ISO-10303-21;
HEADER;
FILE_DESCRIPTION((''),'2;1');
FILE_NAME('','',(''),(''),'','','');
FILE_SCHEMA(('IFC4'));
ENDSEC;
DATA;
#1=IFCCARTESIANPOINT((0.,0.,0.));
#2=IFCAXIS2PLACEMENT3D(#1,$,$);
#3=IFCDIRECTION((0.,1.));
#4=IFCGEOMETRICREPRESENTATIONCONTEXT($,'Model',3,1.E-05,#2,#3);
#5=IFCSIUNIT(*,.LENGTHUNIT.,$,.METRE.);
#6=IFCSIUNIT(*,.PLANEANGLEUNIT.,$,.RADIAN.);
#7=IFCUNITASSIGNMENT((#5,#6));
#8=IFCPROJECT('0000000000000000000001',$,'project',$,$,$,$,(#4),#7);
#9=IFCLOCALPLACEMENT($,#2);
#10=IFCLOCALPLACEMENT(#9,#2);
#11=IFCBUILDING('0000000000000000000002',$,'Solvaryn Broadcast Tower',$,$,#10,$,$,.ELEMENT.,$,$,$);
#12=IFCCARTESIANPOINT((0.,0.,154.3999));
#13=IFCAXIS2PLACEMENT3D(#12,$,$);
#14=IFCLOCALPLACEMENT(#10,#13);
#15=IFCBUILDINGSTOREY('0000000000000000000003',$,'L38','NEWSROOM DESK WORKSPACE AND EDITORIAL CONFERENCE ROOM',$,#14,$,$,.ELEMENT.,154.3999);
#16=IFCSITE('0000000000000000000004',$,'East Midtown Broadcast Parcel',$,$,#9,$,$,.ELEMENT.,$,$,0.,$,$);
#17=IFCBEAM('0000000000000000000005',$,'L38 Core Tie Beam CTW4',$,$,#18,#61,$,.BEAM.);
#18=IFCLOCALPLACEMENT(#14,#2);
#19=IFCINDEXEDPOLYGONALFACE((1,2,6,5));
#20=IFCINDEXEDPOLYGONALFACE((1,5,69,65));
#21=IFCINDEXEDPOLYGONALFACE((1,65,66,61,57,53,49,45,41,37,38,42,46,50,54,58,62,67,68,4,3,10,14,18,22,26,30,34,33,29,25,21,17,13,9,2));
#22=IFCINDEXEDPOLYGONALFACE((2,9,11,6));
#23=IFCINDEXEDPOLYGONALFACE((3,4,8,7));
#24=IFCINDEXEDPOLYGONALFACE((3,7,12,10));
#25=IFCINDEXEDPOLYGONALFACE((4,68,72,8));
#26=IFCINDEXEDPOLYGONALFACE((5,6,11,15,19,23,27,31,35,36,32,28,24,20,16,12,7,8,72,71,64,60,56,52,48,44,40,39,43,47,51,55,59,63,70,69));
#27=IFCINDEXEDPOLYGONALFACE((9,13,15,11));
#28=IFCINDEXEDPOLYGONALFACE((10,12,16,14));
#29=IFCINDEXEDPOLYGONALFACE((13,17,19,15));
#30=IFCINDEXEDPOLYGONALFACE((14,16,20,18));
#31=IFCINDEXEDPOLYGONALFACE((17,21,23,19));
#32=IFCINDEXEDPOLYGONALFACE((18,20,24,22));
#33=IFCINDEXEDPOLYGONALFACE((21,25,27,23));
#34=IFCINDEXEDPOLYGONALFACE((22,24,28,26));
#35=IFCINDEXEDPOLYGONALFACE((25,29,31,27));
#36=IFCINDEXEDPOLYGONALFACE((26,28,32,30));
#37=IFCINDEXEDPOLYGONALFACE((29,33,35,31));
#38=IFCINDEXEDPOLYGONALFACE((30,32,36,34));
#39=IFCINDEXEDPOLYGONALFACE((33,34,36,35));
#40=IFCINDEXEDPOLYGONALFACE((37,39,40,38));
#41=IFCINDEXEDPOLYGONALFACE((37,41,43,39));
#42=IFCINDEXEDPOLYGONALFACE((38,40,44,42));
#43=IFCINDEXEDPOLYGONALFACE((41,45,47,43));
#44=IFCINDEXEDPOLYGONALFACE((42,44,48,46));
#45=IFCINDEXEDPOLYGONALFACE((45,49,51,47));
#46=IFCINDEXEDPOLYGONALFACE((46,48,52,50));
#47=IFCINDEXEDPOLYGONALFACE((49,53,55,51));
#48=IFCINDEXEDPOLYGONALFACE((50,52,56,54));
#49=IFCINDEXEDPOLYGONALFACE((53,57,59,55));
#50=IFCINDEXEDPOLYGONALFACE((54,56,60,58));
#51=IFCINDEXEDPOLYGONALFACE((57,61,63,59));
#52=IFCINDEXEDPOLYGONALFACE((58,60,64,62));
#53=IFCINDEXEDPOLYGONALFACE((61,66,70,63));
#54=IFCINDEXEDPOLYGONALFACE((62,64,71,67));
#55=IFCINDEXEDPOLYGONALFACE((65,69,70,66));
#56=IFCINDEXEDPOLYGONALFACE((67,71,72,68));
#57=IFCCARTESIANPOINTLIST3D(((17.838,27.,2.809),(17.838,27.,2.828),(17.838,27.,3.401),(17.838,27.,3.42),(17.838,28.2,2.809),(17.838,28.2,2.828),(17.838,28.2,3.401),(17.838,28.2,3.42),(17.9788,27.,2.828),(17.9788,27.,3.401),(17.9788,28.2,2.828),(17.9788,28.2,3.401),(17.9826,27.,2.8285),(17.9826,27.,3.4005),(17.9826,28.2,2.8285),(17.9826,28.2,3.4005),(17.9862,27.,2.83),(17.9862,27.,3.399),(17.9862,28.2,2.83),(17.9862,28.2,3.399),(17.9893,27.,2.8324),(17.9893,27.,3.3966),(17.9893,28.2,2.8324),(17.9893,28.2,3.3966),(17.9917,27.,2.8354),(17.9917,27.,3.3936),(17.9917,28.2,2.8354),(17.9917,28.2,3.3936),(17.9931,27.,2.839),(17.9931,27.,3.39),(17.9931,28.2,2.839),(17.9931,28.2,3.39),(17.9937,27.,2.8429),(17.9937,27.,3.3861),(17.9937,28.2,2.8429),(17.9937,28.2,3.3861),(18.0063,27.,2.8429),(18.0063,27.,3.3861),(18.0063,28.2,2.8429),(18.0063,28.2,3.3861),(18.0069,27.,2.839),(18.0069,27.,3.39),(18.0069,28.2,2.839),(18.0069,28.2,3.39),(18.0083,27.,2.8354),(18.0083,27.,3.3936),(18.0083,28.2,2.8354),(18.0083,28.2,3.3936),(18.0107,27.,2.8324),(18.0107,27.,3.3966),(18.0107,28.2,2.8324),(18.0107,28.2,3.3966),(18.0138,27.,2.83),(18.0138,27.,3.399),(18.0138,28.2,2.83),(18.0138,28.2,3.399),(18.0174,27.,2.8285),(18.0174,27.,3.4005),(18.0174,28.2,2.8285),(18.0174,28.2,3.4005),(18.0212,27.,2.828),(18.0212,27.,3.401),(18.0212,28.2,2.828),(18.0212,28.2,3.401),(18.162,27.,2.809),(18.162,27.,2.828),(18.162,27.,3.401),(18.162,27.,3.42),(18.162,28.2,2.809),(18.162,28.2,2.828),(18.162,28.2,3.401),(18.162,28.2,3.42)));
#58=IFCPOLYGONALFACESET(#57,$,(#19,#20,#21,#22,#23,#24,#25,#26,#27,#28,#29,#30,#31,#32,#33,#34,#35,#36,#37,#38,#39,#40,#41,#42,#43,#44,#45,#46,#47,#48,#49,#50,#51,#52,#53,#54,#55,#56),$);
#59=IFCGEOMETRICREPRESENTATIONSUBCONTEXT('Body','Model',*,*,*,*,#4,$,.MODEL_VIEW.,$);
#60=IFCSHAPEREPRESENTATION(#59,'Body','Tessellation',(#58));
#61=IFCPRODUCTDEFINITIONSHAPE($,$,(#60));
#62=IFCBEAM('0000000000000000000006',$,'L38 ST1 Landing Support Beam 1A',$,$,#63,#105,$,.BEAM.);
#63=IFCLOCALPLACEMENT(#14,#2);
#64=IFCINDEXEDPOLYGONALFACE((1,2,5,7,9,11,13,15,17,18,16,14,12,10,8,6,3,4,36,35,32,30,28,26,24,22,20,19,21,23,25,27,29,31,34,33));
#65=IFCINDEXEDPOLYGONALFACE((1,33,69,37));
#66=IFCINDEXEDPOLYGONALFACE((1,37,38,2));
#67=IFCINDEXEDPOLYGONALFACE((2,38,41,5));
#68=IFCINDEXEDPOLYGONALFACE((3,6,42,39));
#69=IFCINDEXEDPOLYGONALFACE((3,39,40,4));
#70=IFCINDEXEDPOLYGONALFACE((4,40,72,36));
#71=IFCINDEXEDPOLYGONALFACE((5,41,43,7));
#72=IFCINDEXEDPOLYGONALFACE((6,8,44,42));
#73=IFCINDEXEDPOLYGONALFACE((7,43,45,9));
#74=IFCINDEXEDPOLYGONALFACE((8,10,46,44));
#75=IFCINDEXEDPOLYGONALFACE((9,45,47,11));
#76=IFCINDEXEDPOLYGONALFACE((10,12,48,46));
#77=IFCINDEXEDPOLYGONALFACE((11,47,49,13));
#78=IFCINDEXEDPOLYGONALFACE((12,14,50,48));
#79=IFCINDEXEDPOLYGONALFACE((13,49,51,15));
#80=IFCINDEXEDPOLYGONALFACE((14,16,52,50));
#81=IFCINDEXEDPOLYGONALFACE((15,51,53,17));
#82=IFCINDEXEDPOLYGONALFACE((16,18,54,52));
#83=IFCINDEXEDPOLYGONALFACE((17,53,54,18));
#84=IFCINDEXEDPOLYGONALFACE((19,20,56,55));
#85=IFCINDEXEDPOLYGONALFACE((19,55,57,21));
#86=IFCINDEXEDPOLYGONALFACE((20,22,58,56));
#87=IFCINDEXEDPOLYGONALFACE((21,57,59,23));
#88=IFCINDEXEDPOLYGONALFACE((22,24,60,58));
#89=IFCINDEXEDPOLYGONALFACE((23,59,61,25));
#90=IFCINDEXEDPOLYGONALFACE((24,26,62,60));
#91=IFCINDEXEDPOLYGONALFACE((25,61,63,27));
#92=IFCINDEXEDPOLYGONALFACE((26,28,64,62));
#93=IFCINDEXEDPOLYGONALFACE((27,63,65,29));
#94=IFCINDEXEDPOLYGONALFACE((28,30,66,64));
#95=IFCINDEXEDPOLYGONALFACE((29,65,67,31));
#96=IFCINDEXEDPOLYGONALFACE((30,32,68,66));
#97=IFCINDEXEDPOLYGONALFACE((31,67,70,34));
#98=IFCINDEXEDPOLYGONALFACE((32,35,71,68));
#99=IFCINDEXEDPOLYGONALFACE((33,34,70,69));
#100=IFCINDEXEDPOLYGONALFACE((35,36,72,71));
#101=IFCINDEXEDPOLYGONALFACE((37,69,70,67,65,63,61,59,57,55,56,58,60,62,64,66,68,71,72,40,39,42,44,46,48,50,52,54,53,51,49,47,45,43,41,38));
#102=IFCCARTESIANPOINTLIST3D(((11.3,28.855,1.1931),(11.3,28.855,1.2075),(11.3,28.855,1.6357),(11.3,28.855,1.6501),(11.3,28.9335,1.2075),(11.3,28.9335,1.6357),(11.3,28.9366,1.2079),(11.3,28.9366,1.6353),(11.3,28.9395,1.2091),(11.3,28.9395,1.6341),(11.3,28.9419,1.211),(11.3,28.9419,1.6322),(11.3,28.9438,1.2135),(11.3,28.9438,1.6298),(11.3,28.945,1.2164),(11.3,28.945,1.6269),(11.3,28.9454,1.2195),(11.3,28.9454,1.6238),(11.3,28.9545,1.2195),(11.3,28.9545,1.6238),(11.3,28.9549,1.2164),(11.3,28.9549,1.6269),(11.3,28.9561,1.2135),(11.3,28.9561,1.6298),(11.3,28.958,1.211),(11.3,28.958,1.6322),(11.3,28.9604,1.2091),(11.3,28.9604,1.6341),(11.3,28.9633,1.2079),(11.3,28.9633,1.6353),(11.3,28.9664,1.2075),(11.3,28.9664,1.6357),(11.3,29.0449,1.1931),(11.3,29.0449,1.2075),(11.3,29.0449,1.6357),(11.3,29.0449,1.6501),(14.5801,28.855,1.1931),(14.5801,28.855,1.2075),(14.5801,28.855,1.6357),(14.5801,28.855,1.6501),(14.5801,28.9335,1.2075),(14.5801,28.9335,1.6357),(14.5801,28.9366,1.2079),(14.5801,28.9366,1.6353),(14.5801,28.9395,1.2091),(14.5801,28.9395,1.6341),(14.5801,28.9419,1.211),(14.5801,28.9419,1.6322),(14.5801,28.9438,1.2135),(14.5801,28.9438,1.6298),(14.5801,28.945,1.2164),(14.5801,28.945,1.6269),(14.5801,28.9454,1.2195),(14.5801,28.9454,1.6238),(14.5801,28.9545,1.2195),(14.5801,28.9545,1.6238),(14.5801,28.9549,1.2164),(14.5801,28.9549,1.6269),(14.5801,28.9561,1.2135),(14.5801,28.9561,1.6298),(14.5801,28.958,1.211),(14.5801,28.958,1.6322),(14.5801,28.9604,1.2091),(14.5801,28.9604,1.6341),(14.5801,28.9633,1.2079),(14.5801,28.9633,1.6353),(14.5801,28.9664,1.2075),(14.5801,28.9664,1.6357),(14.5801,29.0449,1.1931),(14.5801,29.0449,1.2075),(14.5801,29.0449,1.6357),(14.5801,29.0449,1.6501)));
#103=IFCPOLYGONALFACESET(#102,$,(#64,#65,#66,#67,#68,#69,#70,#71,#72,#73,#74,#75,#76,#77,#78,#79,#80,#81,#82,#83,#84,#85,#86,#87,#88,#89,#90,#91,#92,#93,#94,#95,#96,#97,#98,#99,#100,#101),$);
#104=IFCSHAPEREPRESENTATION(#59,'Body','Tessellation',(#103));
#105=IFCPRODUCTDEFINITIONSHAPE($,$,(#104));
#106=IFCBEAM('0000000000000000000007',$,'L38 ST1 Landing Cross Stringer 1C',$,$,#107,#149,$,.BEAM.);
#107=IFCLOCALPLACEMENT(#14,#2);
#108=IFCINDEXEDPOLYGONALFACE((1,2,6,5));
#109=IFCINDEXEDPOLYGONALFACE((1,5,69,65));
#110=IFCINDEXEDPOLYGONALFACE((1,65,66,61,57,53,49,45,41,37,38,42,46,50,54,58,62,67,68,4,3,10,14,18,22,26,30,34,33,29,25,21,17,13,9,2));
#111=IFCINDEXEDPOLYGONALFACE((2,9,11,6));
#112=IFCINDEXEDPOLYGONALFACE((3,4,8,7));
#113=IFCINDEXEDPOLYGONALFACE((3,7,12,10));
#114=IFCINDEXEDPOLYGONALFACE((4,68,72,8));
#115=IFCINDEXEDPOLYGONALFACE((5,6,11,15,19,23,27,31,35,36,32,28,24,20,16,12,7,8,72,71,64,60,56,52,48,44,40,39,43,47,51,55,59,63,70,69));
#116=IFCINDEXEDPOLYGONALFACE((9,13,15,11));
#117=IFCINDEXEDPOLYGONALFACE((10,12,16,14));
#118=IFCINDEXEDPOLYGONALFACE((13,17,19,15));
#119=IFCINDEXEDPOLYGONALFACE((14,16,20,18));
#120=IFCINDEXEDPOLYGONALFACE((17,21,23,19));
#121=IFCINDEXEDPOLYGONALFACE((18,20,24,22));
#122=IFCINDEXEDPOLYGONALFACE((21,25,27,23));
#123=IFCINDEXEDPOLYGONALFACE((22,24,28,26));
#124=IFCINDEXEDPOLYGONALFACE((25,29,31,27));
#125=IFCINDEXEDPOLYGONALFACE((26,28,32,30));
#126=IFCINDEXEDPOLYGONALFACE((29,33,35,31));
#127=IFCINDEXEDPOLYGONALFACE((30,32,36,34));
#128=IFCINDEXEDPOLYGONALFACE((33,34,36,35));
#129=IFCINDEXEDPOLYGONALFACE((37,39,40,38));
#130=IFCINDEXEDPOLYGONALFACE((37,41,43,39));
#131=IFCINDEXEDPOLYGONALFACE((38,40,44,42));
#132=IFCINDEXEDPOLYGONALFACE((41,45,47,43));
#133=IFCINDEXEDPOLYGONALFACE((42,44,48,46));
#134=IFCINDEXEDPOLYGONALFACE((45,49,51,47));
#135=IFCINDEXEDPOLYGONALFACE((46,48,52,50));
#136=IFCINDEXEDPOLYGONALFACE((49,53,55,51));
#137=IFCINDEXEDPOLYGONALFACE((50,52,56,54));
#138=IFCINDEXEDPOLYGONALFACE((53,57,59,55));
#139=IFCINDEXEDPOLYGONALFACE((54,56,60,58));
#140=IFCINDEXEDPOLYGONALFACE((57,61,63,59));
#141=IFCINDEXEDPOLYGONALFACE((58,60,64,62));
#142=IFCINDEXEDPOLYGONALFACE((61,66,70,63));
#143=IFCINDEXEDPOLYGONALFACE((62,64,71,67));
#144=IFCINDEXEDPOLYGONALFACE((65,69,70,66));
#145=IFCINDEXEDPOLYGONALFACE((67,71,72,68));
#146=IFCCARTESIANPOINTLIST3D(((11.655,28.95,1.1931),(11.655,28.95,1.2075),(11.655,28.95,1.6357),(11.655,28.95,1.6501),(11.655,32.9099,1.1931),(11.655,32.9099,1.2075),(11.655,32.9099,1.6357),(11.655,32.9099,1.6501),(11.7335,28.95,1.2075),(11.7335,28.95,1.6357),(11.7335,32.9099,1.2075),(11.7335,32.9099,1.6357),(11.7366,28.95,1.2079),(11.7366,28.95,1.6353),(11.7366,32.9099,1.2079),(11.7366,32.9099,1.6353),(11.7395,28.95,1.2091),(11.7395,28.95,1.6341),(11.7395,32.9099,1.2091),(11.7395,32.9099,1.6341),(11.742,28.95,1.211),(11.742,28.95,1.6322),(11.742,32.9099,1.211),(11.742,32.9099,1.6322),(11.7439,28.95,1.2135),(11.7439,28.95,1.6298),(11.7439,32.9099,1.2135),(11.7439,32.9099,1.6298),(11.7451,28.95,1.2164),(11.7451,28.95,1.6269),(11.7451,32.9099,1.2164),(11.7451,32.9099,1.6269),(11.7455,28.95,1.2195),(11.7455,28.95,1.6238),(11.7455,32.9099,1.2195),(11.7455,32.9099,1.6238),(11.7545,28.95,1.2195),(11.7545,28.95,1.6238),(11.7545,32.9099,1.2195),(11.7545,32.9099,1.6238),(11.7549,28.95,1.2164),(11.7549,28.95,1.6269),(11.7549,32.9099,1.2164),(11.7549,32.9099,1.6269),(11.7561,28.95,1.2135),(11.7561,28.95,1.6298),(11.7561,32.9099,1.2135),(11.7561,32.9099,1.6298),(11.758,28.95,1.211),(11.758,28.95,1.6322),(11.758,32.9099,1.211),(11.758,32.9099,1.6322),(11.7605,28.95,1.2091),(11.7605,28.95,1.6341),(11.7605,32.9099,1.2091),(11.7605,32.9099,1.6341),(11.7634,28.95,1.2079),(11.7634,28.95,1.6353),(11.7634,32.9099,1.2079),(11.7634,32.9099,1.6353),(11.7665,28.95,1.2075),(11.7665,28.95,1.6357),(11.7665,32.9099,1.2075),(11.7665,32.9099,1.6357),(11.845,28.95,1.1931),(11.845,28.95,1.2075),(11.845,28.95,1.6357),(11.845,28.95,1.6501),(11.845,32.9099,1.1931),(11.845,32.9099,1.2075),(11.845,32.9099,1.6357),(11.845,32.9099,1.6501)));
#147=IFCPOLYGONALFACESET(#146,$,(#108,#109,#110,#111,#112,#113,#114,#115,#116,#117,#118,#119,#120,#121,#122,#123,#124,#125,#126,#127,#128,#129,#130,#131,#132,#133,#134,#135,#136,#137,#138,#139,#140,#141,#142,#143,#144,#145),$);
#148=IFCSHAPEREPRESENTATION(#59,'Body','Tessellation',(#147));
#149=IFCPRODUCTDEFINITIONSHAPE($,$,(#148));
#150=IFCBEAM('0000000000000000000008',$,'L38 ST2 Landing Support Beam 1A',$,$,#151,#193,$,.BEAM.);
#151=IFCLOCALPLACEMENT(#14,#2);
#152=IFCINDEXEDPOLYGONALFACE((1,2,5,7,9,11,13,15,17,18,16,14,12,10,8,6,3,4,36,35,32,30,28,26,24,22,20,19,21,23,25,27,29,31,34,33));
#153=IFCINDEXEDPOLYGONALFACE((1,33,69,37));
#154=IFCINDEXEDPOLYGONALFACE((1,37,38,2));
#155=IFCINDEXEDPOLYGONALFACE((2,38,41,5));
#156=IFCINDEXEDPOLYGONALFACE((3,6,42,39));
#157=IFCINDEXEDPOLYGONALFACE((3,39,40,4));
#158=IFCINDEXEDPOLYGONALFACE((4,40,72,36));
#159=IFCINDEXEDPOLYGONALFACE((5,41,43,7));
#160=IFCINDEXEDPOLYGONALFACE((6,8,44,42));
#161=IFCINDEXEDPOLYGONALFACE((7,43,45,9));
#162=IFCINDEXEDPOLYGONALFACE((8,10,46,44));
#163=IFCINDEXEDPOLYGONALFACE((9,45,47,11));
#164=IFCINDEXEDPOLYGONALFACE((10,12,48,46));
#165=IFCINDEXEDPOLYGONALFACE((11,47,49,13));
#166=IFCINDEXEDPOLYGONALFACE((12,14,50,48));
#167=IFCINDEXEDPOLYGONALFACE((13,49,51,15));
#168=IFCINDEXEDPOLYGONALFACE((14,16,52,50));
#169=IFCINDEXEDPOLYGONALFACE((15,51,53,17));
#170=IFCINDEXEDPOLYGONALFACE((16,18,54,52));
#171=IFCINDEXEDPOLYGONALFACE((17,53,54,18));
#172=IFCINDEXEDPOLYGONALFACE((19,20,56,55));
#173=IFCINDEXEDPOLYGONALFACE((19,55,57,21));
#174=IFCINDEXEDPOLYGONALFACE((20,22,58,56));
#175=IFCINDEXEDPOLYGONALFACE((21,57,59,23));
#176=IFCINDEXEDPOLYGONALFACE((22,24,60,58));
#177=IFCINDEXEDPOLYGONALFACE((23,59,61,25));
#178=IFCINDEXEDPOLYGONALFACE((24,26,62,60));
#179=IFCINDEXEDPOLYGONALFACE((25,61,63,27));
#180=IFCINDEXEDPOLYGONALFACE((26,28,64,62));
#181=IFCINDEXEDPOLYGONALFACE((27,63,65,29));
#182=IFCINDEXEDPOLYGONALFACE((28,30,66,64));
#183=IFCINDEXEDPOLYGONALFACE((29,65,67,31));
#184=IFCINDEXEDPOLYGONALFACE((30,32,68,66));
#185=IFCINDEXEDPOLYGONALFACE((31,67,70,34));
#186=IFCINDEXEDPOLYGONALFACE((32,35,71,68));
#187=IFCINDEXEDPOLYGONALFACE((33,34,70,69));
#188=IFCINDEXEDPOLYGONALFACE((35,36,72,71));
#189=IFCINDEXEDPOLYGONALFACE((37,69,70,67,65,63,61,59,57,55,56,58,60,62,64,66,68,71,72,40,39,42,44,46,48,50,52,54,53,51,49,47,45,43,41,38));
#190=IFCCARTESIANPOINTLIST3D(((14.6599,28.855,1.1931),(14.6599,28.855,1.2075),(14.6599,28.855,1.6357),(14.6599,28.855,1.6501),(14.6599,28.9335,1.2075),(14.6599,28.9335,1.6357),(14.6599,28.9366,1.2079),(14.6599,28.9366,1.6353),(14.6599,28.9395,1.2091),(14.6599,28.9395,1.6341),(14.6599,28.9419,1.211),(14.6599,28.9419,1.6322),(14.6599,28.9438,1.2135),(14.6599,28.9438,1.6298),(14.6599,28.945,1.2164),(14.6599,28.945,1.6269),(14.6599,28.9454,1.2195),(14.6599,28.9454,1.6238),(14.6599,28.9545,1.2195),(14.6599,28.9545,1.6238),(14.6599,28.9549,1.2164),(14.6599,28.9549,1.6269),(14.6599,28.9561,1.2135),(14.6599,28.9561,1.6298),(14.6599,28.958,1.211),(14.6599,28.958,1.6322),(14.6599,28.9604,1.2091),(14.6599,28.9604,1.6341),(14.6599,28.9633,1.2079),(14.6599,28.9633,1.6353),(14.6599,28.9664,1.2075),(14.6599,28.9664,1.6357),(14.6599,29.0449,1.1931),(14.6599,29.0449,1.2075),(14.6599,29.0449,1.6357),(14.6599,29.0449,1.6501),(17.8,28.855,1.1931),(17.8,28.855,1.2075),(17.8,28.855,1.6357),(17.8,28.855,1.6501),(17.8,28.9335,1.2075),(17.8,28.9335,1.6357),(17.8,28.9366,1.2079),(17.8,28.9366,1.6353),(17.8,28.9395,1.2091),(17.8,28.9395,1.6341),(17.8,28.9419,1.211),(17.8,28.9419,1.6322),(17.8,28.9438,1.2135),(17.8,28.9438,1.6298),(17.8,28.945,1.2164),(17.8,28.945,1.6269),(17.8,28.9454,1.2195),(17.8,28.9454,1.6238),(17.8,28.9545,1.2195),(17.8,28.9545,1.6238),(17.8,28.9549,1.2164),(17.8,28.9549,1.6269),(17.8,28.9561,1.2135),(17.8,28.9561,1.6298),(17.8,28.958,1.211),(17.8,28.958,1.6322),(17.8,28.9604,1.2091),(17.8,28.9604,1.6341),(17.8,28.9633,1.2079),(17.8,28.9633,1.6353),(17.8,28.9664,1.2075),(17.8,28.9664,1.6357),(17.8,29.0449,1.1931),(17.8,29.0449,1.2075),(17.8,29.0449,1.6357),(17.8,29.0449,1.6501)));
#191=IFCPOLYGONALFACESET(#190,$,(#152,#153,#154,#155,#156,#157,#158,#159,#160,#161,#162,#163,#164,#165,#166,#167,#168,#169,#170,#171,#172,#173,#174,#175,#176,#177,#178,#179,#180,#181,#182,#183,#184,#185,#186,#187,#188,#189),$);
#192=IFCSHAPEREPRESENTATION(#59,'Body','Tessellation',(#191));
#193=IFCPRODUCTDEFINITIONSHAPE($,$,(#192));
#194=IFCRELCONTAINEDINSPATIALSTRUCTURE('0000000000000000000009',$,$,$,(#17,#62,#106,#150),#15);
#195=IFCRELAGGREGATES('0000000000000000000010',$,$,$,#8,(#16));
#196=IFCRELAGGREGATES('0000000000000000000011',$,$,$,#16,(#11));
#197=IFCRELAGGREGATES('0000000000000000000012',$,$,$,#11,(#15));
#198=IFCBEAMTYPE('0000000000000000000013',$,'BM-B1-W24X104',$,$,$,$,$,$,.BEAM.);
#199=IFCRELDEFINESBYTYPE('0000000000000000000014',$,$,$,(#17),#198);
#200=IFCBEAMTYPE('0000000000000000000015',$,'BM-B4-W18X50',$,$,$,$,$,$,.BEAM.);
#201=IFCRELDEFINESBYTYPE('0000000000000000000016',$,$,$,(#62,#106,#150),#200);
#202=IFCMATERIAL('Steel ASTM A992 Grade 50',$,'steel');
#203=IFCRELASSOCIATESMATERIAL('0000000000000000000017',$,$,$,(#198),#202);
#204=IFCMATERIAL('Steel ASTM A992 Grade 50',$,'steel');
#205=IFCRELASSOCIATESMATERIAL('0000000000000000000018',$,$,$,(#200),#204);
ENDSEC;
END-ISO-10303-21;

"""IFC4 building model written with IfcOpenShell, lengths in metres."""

from ifc_helpers import new_model, si_unit, direction, frame, origin, origin_2d, place, context, subcontext, project, spatial, i_section, extrude, material, material_profile, profile_set, type_object, element, save


model = new_model("IFC4")

# Units and contexts
model_context = context("Model", 3, precision=1e-05, world=origin(), true_north=direction((0.0, 1.0)))
body_context = subcontext(model_context, "Body", "Model", "MODEL_VIEW")
ifc_project = project(units=[si_unit("LENGTHUNIT", "METRE"), si_unit("PLANEANGLEUNIT", "RADIAN")], contexts=[model_context])

# Site, building, storey
site_placement = place(None, origin())
site = spatial("IfcSite", under=ifc_project, at=site_placement, Name="East Midtown Broadcast Parcel", CompositionType="ELEMENT", RefElevation=0.0)
building_placement = place(site_placement, origin())
building = spatial("IfcBuilding", under=site, at=building_placement, Name="Solvaryn Broadcast Tower", CompositionType="ELEMENT")
storey_placement = place(building_placement, frame((0.0, 0.0, 154.3999)))
storey = spatial("IfcBuildingStorey", under=building, at=storey_placement, Name="L38", Description="NEWSROOM DESK WORKSPACE AND EDITORIAL CONFERENCE ROOM", CompositionType="ELEMENT", Elevation=154.3999)

# Beams
ifc_material_1 = material(Name="Steel ASTM A992 Grade 50", Category="steel")
ifc_material_profile_1 = material_profile(ifc_material_1, i_section(OverallWidth=0.324, OverallDepth=0.6111, WebThickness=0.0127, FlangeThickness=0.019, FilletRadius=0.0149, at=origin_2d()))
ifc_profile_set_1 = profile_set([ifc_material_profile_1], Name="Steel ASTM A992 Grade 50")
beam_type_1 = type_object("IfcBeamType", Name="BM-B1-W24X104", PredefinedType="BEAM", material=ifc_profile_set_1)
beam_1_placement = place(storey_placement, frame((18.0, 27.0, 3.1145), z_axis=(0.0, 1.0, 0.0), x_axis=(-1.0, 0.0, 0.0)))
element("IfcBeam", 1, at=beam_1_placement, inside=storey, type_object=beam_type_1, Name="L38 Core Tie Beam CTW4", PredefinedType="BEAM", context=body_context, shape_type="SweptSolid", body=[
    extrude(i_section(OverallWidth=0.324, OverallDepth=0.6111, WebThickness=0.0127, FlangeThickness=0.019, FilletRadius=0.0149, at=origin_2d()), origin(), (0.0, 0.0, 1.0), 1.2),
])
ifc_material_2 = material(Name="Steel ASTM A992 Grade 50", Category="steel")
ifc_material_profile_2 = material_profile(ifc_material_2, i_section(OverallWidth=0.1899, OverallDepth=0.457, WebThickness=0.009, FlangeThickness=0.0144, FilletRadius=0.012, at=origin_2d()))
ifc_profile_set_2 = profile_set([ifc_material_profile_2], Name="Steel ASTM A992 Grade 50")
beam_type_2 = type_object("IfcBeamType", Name="BM-B4-W18X50", PredefinedType="BEAM", material=ifc_profile_set_2)
beam_2_placement = place(storey_placement, frame((11.3, 28.95, 1.4216), z_axis=(1.0, 0.0, 0.0), x_axis=(0.0, 1.0, 0.0)))
element("IfcBeam", 2, at=beam_2_placement, inside=storey, type_object=beam_type_2, Name="L38 ST1 Landing Support Beam 1A", PredefinedType="BEAM", context=body_context, shape_type="SweptSolid", body=[
    extrude(i_section(OverallWidth=0.1899, OverallDepth=0.457, WebThickness=0.009, FlangeThickness=0.0144, FilletRadius=0.012, at=origin_2d()), origin(), (0.0, 0.0, 1.0), 3.28),
])
beam_3_placement = place(storey_placement, frame((11.75, 28.95, 1.4216), z_axis=(0.0, 1.0, 0.0), x_axis=(-1.0, 0.0, 0.0)))
element("IfcBeam", 3, at=beam_3_placement, inside=storey, type_object=beam_type_2, Name="L38 ST1 Landing Cross Stringer 1C", PredefinedType="BEAM", context=body_context, shape_type="SweptSolid", body=[
    extrude(i_section(OverallWidth=0.1899, OverallDepth=0.457, WebThickness=0.009, FlangeThickness=0.0144, FilletRadius=0.012, at=origin_2d()), origin(), (0.0, 0.0, 1.0), 3.96),
])
beam_4_placement = place(storey_placement, frame((14.6599, 28.95, 1.4216), z_axis=(1.0, 0.0, 0.0), x_axis=(0.0, 1.0, 0.0)))
element("IfcBeam", 4, at=beam_4_placement, inside=storey, type_object=beam_type_2, Name="L38 ST2 Landing Support Beam 1A", PredefinedType="BEAM", context=body_context, shape_type="SweptSolid", body=[
    extrude(i_section(OverallWidth=0.1899, OverallDepth=0.457, WebThickness=0.009, FlangeThickness=0.0144, FilletRadius=0.012, at=origin_2d()), origin(), (0.0, 0.0, 1.0), 3.1401),
])

save(model, "model.ifc")
